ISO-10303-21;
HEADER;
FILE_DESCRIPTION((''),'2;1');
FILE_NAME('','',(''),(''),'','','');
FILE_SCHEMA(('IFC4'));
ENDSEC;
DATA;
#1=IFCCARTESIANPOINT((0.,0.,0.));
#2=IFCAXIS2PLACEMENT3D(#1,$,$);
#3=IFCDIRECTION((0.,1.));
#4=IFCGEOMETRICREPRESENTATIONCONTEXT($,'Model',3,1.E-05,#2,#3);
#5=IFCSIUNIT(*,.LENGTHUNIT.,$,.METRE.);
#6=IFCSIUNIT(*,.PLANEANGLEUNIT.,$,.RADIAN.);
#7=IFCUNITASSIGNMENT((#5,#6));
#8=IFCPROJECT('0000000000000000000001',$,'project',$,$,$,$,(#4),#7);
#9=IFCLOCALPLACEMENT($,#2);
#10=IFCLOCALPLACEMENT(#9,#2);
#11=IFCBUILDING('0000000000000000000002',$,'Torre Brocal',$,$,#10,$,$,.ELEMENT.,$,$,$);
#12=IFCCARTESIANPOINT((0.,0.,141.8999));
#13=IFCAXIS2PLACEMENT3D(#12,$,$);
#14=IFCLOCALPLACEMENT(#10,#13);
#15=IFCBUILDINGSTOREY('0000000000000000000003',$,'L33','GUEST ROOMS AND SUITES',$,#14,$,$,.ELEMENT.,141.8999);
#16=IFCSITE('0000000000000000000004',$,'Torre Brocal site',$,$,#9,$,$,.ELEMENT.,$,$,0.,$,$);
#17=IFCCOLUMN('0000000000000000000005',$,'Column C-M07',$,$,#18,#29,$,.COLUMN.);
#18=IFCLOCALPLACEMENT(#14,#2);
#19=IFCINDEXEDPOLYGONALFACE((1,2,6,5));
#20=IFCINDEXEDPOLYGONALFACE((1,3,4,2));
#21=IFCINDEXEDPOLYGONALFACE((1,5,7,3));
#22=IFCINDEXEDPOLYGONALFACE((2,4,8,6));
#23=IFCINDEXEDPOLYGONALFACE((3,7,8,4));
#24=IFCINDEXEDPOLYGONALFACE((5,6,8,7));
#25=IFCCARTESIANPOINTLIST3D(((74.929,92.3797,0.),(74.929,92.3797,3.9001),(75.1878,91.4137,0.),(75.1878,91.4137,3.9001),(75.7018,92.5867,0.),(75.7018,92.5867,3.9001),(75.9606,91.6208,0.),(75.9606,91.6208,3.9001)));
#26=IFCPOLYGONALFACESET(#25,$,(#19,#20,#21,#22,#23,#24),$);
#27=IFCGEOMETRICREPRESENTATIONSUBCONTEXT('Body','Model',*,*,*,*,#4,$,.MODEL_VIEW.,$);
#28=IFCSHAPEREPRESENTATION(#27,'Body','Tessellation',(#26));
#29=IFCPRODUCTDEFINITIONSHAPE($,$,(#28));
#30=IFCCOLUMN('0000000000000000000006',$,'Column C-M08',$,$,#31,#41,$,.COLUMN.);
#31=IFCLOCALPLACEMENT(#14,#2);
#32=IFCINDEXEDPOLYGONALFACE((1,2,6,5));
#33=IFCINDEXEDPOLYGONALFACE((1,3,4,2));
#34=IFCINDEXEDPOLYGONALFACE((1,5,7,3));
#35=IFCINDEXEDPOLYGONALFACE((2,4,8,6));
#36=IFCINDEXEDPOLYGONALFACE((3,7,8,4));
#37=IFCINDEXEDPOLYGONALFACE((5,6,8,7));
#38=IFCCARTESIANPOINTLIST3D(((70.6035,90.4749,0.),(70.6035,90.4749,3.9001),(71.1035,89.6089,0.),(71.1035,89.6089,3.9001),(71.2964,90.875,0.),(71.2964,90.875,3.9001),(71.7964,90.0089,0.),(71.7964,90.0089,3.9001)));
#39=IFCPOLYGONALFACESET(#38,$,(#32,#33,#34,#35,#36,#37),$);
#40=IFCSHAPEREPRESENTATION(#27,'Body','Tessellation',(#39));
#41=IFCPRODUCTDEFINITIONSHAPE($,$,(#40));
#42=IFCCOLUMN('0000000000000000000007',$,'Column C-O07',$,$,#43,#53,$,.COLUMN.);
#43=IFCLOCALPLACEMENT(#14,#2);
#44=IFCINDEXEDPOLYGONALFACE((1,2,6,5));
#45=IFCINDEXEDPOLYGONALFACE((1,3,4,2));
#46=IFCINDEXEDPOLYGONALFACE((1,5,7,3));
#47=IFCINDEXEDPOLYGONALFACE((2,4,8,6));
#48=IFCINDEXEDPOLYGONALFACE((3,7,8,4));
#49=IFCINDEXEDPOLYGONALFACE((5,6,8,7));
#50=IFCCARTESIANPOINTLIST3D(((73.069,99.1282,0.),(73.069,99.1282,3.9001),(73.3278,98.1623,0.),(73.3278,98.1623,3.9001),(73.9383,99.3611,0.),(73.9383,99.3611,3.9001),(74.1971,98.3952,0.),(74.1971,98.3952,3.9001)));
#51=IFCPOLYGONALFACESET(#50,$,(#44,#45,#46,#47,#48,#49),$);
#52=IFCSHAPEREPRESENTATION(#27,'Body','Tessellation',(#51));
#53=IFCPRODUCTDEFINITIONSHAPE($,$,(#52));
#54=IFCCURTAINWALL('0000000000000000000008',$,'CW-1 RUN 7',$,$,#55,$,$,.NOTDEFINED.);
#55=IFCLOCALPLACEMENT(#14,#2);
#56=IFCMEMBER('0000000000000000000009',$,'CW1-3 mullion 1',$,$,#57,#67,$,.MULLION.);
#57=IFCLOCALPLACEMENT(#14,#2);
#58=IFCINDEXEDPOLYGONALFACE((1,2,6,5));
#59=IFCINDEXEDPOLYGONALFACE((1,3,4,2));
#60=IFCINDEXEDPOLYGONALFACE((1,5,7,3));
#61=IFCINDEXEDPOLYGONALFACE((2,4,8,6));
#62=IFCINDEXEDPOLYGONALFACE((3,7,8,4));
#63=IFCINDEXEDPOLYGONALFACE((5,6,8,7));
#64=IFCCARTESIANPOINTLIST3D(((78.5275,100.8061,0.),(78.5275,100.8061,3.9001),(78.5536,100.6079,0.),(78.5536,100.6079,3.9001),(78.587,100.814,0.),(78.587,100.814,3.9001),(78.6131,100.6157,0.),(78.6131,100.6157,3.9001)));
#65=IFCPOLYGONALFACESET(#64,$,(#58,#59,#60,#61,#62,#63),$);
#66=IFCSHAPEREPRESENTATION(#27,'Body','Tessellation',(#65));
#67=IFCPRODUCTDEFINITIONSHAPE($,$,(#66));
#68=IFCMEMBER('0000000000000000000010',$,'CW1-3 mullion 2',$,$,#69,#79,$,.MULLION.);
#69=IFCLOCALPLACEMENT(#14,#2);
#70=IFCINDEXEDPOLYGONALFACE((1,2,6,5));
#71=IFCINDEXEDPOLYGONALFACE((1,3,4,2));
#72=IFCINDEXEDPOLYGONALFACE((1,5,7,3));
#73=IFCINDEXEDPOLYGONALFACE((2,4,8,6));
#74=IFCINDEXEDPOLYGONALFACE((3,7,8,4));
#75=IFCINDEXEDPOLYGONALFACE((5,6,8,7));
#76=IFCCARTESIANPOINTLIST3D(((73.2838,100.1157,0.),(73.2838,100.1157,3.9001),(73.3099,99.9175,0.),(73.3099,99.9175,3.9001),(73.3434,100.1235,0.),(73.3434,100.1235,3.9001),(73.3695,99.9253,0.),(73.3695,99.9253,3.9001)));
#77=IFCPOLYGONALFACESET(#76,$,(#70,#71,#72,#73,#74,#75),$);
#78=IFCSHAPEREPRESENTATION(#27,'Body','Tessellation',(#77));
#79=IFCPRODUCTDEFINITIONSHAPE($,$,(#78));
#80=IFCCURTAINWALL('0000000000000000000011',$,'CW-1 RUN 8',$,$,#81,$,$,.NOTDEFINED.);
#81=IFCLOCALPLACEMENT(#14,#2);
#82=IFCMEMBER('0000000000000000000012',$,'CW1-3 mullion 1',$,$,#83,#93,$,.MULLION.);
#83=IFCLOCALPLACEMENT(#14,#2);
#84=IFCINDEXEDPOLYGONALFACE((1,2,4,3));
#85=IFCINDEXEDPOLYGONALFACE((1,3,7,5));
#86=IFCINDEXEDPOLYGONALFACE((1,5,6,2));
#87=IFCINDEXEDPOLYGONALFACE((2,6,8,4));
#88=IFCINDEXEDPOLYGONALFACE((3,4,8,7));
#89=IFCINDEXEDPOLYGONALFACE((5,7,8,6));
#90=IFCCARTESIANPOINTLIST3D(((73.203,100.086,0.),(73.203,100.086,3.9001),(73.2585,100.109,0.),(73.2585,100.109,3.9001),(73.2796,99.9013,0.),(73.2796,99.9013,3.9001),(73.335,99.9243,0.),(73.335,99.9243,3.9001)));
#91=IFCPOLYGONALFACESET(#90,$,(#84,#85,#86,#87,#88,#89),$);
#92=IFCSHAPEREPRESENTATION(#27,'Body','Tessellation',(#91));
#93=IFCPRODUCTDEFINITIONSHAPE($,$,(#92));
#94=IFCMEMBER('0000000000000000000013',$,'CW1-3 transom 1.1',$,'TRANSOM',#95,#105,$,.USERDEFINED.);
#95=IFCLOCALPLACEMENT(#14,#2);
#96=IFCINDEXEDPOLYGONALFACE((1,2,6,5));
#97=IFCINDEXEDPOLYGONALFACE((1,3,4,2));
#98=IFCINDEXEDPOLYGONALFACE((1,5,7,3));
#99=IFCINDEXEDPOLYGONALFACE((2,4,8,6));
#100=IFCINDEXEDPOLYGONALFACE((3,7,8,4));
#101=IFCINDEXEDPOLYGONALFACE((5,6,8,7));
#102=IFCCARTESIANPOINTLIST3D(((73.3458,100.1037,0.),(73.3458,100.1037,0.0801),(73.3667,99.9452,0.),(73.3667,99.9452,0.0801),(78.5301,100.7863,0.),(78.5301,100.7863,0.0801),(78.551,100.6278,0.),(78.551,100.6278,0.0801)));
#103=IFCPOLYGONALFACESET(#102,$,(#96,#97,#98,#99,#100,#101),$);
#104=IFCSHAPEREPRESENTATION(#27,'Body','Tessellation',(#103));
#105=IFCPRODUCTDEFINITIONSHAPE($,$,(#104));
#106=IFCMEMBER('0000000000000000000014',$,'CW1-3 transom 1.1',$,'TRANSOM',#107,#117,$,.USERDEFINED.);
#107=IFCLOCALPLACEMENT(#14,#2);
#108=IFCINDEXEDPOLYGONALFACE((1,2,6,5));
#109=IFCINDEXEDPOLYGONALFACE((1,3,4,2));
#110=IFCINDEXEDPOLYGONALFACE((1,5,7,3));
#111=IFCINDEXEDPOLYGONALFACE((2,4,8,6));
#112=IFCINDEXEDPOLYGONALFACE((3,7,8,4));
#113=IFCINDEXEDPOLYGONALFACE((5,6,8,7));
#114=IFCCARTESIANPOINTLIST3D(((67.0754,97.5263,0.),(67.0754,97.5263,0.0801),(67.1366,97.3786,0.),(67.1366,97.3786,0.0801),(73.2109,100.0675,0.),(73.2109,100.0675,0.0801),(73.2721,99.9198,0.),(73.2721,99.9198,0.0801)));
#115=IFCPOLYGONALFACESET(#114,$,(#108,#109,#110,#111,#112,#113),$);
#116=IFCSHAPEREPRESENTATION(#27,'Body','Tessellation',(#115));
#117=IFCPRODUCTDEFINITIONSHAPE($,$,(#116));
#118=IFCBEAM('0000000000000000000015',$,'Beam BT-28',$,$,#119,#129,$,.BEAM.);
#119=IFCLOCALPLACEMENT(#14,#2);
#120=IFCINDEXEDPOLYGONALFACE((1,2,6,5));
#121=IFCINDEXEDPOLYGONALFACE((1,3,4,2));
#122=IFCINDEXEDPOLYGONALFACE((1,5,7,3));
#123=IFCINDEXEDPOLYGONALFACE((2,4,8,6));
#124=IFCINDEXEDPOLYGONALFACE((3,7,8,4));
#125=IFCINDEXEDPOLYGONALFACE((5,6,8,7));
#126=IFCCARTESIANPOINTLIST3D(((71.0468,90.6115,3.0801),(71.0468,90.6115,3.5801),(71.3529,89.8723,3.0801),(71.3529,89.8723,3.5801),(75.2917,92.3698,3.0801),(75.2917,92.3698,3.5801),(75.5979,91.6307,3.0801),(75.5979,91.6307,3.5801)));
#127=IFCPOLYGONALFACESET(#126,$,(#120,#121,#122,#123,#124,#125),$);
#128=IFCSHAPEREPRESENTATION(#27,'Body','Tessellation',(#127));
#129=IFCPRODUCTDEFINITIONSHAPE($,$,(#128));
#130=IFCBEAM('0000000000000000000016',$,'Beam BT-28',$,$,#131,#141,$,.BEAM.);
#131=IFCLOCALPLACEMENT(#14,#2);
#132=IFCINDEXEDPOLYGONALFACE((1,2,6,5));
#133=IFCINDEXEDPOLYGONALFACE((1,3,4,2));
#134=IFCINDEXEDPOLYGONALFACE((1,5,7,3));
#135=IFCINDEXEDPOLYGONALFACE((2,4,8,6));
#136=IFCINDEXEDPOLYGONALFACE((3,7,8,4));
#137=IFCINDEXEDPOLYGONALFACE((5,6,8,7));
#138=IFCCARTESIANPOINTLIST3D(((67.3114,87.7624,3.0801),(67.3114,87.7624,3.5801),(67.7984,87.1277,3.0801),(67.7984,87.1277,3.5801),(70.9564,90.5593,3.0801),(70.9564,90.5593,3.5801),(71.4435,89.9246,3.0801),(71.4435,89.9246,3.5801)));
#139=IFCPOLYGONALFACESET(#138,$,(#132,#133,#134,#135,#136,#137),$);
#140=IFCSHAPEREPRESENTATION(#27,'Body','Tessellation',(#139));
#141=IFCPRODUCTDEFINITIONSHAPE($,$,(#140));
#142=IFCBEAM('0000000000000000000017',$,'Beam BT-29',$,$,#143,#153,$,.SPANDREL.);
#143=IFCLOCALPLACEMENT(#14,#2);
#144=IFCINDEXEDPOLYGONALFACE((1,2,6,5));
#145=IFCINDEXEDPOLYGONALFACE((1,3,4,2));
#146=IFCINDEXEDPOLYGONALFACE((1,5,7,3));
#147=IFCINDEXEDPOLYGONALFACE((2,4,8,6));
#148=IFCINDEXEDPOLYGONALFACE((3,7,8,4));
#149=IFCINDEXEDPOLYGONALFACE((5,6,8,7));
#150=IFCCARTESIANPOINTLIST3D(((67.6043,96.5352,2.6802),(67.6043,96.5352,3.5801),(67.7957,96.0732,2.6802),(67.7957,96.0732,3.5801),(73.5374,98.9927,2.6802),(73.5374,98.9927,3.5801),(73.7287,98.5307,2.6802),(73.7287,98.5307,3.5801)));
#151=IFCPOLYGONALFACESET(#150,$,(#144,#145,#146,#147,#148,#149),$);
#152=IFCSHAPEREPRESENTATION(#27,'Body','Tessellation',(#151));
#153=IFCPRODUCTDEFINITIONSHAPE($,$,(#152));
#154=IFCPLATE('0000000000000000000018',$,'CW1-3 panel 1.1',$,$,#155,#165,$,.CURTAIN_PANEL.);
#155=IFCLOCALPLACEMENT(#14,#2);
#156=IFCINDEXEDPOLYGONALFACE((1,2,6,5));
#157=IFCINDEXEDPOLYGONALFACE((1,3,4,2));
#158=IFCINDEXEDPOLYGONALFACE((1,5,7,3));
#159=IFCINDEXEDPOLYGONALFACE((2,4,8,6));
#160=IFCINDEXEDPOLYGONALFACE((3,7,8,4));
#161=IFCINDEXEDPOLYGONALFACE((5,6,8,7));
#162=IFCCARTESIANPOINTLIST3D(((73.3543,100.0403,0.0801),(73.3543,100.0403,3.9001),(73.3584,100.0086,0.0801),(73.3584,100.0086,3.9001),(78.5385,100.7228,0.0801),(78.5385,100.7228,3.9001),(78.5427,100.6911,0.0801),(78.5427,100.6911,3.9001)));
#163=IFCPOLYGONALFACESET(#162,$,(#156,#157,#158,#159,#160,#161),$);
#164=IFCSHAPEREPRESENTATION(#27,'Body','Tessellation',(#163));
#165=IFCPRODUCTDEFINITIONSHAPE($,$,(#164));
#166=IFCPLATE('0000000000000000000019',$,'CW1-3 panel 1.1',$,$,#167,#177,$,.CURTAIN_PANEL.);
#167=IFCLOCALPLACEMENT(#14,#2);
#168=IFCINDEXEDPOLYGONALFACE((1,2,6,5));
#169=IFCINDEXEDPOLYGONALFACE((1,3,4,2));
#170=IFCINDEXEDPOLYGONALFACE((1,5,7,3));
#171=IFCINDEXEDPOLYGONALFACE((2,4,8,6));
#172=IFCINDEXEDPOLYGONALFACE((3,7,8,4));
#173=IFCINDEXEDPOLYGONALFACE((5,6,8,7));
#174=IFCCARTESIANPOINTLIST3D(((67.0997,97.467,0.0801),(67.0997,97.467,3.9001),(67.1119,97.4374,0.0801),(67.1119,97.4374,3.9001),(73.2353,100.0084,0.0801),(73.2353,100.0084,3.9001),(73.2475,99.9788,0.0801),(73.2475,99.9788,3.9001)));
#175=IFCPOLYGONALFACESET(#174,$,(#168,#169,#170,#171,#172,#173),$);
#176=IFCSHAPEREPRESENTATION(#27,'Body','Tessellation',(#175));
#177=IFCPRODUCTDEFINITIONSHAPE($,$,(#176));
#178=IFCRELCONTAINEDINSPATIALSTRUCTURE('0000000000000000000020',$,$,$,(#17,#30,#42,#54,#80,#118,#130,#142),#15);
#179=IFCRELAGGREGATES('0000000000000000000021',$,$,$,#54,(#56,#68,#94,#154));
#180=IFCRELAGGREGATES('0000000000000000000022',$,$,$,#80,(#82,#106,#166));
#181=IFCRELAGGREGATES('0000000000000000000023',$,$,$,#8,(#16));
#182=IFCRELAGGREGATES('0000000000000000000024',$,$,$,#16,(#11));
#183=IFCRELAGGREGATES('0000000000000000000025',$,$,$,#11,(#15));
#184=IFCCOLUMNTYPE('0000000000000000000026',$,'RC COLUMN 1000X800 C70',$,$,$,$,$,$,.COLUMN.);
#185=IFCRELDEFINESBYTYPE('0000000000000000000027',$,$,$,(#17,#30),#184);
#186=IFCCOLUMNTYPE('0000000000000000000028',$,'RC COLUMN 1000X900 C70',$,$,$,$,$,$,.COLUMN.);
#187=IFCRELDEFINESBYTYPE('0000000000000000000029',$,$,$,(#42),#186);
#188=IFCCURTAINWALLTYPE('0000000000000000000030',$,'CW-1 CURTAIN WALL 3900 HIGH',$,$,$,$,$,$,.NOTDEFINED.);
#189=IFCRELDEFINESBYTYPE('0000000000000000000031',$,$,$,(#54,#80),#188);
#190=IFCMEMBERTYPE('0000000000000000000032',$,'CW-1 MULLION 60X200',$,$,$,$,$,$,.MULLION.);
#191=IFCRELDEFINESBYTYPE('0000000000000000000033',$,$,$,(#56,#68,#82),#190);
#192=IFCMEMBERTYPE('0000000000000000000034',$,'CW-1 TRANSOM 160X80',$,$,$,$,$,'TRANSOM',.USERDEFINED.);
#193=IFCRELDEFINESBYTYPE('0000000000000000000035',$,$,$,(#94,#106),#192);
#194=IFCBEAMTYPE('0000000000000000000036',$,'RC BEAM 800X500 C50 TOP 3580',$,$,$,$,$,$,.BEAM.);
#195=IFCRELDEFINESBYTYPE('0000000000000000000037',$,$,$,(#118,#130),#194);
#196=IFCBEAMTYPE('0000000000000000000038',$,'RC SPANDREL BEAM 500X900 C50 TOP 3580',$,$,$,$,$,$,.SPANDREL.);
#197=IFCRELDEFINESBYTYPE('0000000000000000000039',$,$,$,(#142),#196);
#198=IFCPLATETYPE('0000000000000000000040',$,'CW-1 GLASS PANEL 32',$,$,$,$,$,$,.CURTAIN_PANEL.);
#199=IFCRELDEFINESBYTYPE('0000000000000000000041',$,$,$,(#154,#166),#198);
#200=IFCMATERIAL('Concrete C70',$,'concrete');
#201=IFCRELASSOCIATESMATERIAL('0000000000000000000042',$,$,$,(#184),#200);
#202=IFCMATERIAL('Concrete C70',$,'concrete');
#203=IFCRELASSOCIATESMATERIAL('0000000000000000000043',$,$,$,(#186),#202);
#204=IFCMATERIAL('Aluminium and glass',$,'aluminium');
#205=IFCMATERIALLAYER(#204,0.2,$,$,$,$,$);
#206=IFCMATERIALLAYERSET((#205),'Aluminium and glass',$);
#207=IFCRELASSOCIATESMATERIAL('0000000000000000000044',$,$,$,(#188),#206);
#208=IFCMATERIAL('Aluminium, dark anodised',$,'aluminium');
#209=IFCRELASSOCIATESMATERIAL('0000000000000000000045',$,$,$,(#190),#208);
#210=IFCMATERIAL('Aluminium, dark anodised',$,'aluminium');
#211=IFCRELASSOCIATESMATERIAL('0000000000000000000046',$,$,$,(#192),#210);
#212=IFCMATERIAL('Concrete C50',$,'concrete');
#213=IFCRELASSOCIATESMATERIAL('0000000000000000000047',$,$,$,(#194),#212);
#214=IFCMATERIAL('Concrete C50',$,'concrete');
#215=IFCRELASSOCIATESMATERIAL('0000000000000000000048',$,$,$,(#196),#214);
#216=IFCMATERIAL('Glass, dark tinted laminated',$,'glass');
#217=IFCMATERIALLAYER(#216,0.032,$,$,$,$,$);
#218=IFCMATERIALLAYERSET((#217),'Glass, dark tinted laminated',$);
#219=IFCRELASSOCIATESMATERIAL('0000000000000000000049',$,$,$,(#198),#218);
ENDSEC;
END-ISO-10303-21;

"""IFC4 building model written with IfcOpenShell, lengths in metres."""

from ifc_helpers import new_model, si_unit, direction, frame, origin, origin_2d, place, context, subcontext, project, spatial, rectangle, extrude, material, layer, layer_set, material_profile, profile_set, type_object, element, aggregate, save


model = new_model("IFC4")

# Units and contexts
model_context = context("Model", 3, precision=1e-05, world=origin(), true_north=direction((0.0, 1.0)))
body_context = subcontext(model_context, "Body", "Model", "MODEL_VIEW")
ifc_project = project(units=[si_unit("LENGTHUNIT", "METRE"), si_unit("PLANEANGLEUNIT", "RADIAN")], contexts=[model_context])

# Site, building, storey
site_placement = place(None, origin())
site = spatial("IfcSite", under=ifc_project, at=site_placement, Name="Torre Brocal site", CompositionType="ELEMENT", RefElevation=0.0)
building_placement = place(site_placement, origin())
building = spatial("IfcBuilding", under=site, at=building_placement, Name="Torre Brocal", CompositionType="ELEMENT")
storey_placement = place(building_placement, frame((0.0, 0.0, 141.8999)))
storey = spatial("IfcBuildingStorey", under=building, at=storey_placement, Name="L33", Description="GUEST ROOMS AND SUITES", CompositionType="ELEMENT", Elevation=141.8999)

# Columns
ifc_material_1 = material(Name="Concrete C70", Category="concrete")
ifc_material_profile_1 = material_profile(ifc_material_1, rectangle(XDim=1.0, YDim=0.8, at=origin_2d()), Name="RC 1000X800")
ifc_profile_set_1 = profile_set([ifc_material_profile_1], Name="Concrete C70")
column_type_1 = type_object("IfcColumnType", Name="RC COLUMN 1000X800 C70", PredefinedType="COLUMN", material=ifc_profile_set_1)
for number, where, z_axis, x_axis, name in (
    (1, (75.4448, 92.0002, 0.0), (0.0, 0.0, 1.0), (-0.258819, 0.965926, 0.0), "Column C-M07"),
    (2, (71.2, 90.2419, 0.0), (0.0, 0.0, 1.0), (-0.5, 0.866025, 0.0), "Column C-M08"),
):
    element("IfcColumn", number, at=place(storey_placement, frame(where, z_axis=z_axis, x_axis=x_axis)), inside=storey, type_object=column_type_1, Name=name, PredefinedType="COLUMN", context=body_context, shape_type="SweptSolid", body=[
        extrude(rectangle(XDim=1.0, YDim=0.8, at=origin_2d()), origin(), (0.0, 0.0, 1.0), 3.9001),
    ])
ifc_material_2 = material(Name="Concrete C70", Category="concrete")
ifc_material_profile_2 = material_profile(ifc_material_2, rectangle(XDim=1.0, YDim=0.8999, at=origin_2d()), Name="RC 1000X900")
ifc_profile_set_2 = profile_set([ifc_material_profile_2], Name="Concrete C70")
column_type_2 = type_object("IfcColumnType", Name="RC COLUMN 1000X900 C70", PredefinedType="COLUMN", material=ifc_profile_set_2)
column_placement = place(storey_placement, frame((73.6331, 98.7617, 0.0), z_axis=(0.0, 0.0, 1.0), x_axis=(-0.258819, 0.965926, 0.0)))
element("IfcColumn", 3, at=column_placement, inside=storey, type_object=column_type_2, Name="Column C-O07", PredefinedType="COLUMN", context=body_context, shape_type="SweptSolid", body=[
    extrude(rectangle(XDim=1.0, YDim=0.8999, at=origin_2d()), origin(), (0.0, 0.0, 1.0), 3.9001),
])

# Curtain wall, members
ifc_material_3 = material(Name="Aluminium and glass", Category="aluminium")
ifc_layer_1 = layer(ifc_material_3, 0.2)
ifc_layer_set_1 = layer_set([ifc_layer_1], Name="Aluminium and glass")
curtain_wall_type = type_object("IfcCurtainWallType", Name="CW-1 CURTAIN WALL 3900 HIGH", PredefinedType="NOTDEFINED", material=ifc_layer_set_1)
curtain_wall_1_placement = place(storey_placement, origin())
curtain_wall_1 = element("IfcCurtainWall", 4, at=curtain_wall_1_placement, inside=storey, type_object=curtain_wall_type, Name="CW-1 RUN 7", PredefinedType="NOTDEFINED")
ifc_material_4 = material(Name="Aluminium, dark anodised", Category="aluminium")
ifc_material_profile_3 = material_profile(ifc_material_4, rectangle(XDim=0.2, YDim=0.0601, at=origin_2d()), Name="CW-1 MULLION 60X200")
ifc_profile_set_3 = profile_set([ifc_material_profile_3], Name="Aluminium, dark anodised")
member_type_1 = type_object("IfcMemberType", Name="CW-1 MULLION 60X200", PredefinedType="MULLION", material=ifc_profile_set_3)
member_1_placement = place(storey_placement, frame((78.5703, 100.7109, 0.0), z_axis=(0.0, 0.0, 1.0), x_axis=(0.130526, -0.991445, 0.0)))
member_1 = element("IfcMember", 5, at=member_1_placement, type_object=member_type_1, Name="CW1-3 mullion 1", PredefinedType="MULLION", context=body_context, shape_type="SweptSolid", body=[
    extrude(rectangle(XDim=0.2, YDim=0.0601, at=origin_2d()), origin(), (0.0, 0.0, 1.0), 3.9001),
])
member_2_placement = place(storey_placement, frame((73.3267, 100.0205, 0.0), z_axis=(0.0, 0.0, 1.0), x_axis=(0.130526, -0.991445, 0.0)))
member_2 = element("IfcMember", 6, at=member_2_placement, type_object=member_type_1, Name="CW1-3 mullion 2", PredefinedType="MULLION", context=body_context, shape_type="SweptSolid", body=[
    extrude(rectangle(XDim=0.2, YDim=0.0601, at=origin_2d()), origin(), (0.0, 0.0, 1.0), 3.9001),
])

# Curtain wall, member
curtain_wall_2_placement = place(storey_placement, origin())
curtain_wall_2 = element("IfcCurtainWall", 7, at=curtain_wall_2_placement, inside=storey, type_object=curtain_wall_type, Name="CW-1 RUN 8", PredefinedType="NOTDEFINED")
member_3_placement = place(storey_placement, frame((73.269, 100.0051, 0.0), z_axis=(0.0, 0.0, 1.0), x_axis=(0.382683, -0.92388, 0.0)))
member_3 = element("IfcMember", 8, at=member_3_placement, type_object=member_type_1, Name="CW1-3 mullion 1", PredefinedType="MULLION", context=body_context, shape_type="SweptSolid", body=[
    extrude(rectangle(XDim=0.2, YDim=0.0601, at=origin_2d()), origin(), (0.0, 0.0, 1.0), 3.9001),
])

# Members
ifc_material_5 = material(Name="Aluminium, dark anodised", Category="aluminium")
ifc_material_profile_4 = material_profile(ifc_material_5, rectangle(XDim=0.1599, YDim=0.0801, at=origin_2d()), Name="CW-1 TRANSOM 160X80")
ifc_profile_set_4 = profile_set([ifc_material_profile_4], Name="Aluminium, dark anodised")
member_type_2 = type_object("IfcMemberType", Name="CW-1 TRANSOM 160X80", ElementType="TRANSOM", PredefinedType="USERDEFINED", material=ifc_profile_set_4)
member_4_placement = place(storey_placement, frame((78.5405, 100.707, 0.04), z_axis=(-0.991443, -0.130543, 0.0), x_axis=(0.130543, -0.991443, 0.0)))
member_4 = element("IfcMember", 9, at=member_4_placement, type_object=member_type_2, Name="CW1-3 transom 1.1", ObjectType="TRANSOM", PredefinedType="USERDEFINED", context=body_context, shape_type="SweptSolid", body=[
    extrude(rectangle(XDim=0.1599, YDim=0.0801, at=origin_2d()), origin(), (0.0, 0.0, 1.0), 5.229),
])
member_5_placement = place(storey_placement, frame((73.2415, 99.9937, 0.04), z_axis=(-0.923887, -0.382665, 0.0), x_axis=(0.382665, -0.923887, 0.0)))
member_5 = element("IfcMember", 10, at=member_5_placement, type_object=member_type_2, Name="CW1-3 transom 1.1", ObjectType="TRANSOM", PredefinedType="USERDEFINED", context=body_context, shape_type="SweptSolid", body=[
    extrude(rectangle(XDim=0.1599, YDim=0.0801, at=origin_2d()), origin(), (0.0, 0.0, 1.0), 6.6409),
])

# Beams
ifc_material_6 = material(Name="Concrete C50", Category="concrete")
ifc_material_profile_5 = material_profile(ifc_material_6, rectangle(XDim=0.8, YDim=0.5, at=origin_2d()), Name="RC 800X500")
ifc_profile_set_5 = profile_set([ifc_material_profile_5], Name="Concrete C50")
beam_type_1 = type_object("IfcBeamType", Name="RC BEAM 800X500 C50 TOP 3580", PredefinedType="BEAM", material=ifc_profile_set_5)
beam_1_placement = place(storey_placement, frame((75.4448, 92.0002, 3.3301), z_axis=(-0.923878, -0.382687, 0.0), x_axis=(0.382687, -0.923878, 0.0)))
element("IfcBeam", 11, at=beam_1_placement, inside=storey, type_object=beam_type_1, Name="Beam BT-28", PredefinedType="BEAM", context=body_context, shape_type="SweptSolid", body=[
    extrude(rectangle(XDim=0.8, YDim=0.5, at=origin_2d()), origin(), (0.0, 0.0, 1.0), 4.5947),
])
beam_2_placement = place(storey_placement, frame((71.2, 90.2419, 3.3301), z_axis=(-0.793358, -0.608755, 0.0), x_axis=(0.608755, -0.793358, 0.0)))
element("IfcBeam", 12, at=beam_2_placement, inside=storey, type_object=beam_type_1, Name="Beam BT-28", PredefinedType="BEAM", context=body_context, shape_type="SweptSolid", body=[
    extrude(rectangle(XDim=0.8, YDim=0.5, at=origin_2d()), origin(), (0.0, 0.0, 1.0), 4.5945),
])
ifc_material_7 = material(Name="Concrete C50", Category="concrete")
ifc_material_profile_6 = material_profile(ifc_material_7, rectangle(XDim=0.5, YDim=0.8999, at=origin_2d()), Name="RC 500X900")
ifc_profile_set_6 = profile_set([ifc_material_profile_6], Name="Concrete C50")
beam_type_2 = type_object("IfcBeamType", Name="RC SPANDREL BEAM 500X900 C50 TOP 3580", PredefinedType="SPANDREL", material=ifc_profile_set_6)
beam_3_placement = place(storey_placement, frame((73.6331, 98.7617, 3.1301), z_axis=(-0.923882, -0.382676, 0.0), x_axis=(0.382676, -0.923882, 0.0)))
element("IfcBeam", 13, at=beam_3_placement, inside=storey, type_object=beam_type_2, Name="Beam BT-29", PredefinedType="SPANDREL", context=body_context, shape_type="SweptSolid", body=[
    extrude(rectangle(XDim=0.5, YDim=0.8999, at=origin_2d()), origin(), (0.0, 0.0, 1.0), 6.4219),
])

# Plates
ifc_material_8 = material(Name="Glass, dark tinted laminated", Category="glass")
ifc_layer_2 = layer(ifc_material_8, 0.032)
ifc_layer_set_2 = layer_set([ifc_layer_2], Name="Glass, dark tinted laminated")
plate_type = type_object("IfcPlateType", Name="CW-1 GLASS PANEL 32", PredefinedType="CURTAIN_PANEL", material=ifc_layer_set_2)
plate_1_placement = place(storey_placement, frame((75.9485, 100.3657, 0.0801), z_axis=(0.0, 0.0, 1.0), x_axis=(-0.991445, -0.130526, 0.0)))
plate_1 = element("IfcPlate", 14, at=plate_1_placement, type_object=plate_type, Name="CW1-3 panel 1.1", PredefinedType="CURTAIN_PANEL", context=body_context, shape_type="SweptSolid", body=[
    extrude(rectangle(XDim=5.229, YDim=0.032, at=origin_2d()), origin(), (0.0, 0.0, 1.0), 3.8201),
])
aggregate(curtain_wall_1, [member_1, member_2, member_4, plate_1])
plate_2_placement = place(storey_placement, frame((70.1736, 98.7229, 0.0801), z_axis=(0.0, 0.0, 1.0), x_axis=(-0.92388, -0.382683, 0.0)))
plate_2 = element("IfcPlate", 15, at=plate_2_placement, type_object=plate_type, Name="CW1-3 panel 1.1", PredefinedType="CURTAIN_PANEL", context=body_context, shape_type="SweptSolid", body=[
    extrude(rectangle(XDim=6.6411, YDim=0.032, at=origin_2d()), origin(), (0.0, 0.0, 1.0), 3.8201),
])
aggregate(curtain_wall_2, [member_3, member_5, plate_2])

save(model, "model.ifc")
